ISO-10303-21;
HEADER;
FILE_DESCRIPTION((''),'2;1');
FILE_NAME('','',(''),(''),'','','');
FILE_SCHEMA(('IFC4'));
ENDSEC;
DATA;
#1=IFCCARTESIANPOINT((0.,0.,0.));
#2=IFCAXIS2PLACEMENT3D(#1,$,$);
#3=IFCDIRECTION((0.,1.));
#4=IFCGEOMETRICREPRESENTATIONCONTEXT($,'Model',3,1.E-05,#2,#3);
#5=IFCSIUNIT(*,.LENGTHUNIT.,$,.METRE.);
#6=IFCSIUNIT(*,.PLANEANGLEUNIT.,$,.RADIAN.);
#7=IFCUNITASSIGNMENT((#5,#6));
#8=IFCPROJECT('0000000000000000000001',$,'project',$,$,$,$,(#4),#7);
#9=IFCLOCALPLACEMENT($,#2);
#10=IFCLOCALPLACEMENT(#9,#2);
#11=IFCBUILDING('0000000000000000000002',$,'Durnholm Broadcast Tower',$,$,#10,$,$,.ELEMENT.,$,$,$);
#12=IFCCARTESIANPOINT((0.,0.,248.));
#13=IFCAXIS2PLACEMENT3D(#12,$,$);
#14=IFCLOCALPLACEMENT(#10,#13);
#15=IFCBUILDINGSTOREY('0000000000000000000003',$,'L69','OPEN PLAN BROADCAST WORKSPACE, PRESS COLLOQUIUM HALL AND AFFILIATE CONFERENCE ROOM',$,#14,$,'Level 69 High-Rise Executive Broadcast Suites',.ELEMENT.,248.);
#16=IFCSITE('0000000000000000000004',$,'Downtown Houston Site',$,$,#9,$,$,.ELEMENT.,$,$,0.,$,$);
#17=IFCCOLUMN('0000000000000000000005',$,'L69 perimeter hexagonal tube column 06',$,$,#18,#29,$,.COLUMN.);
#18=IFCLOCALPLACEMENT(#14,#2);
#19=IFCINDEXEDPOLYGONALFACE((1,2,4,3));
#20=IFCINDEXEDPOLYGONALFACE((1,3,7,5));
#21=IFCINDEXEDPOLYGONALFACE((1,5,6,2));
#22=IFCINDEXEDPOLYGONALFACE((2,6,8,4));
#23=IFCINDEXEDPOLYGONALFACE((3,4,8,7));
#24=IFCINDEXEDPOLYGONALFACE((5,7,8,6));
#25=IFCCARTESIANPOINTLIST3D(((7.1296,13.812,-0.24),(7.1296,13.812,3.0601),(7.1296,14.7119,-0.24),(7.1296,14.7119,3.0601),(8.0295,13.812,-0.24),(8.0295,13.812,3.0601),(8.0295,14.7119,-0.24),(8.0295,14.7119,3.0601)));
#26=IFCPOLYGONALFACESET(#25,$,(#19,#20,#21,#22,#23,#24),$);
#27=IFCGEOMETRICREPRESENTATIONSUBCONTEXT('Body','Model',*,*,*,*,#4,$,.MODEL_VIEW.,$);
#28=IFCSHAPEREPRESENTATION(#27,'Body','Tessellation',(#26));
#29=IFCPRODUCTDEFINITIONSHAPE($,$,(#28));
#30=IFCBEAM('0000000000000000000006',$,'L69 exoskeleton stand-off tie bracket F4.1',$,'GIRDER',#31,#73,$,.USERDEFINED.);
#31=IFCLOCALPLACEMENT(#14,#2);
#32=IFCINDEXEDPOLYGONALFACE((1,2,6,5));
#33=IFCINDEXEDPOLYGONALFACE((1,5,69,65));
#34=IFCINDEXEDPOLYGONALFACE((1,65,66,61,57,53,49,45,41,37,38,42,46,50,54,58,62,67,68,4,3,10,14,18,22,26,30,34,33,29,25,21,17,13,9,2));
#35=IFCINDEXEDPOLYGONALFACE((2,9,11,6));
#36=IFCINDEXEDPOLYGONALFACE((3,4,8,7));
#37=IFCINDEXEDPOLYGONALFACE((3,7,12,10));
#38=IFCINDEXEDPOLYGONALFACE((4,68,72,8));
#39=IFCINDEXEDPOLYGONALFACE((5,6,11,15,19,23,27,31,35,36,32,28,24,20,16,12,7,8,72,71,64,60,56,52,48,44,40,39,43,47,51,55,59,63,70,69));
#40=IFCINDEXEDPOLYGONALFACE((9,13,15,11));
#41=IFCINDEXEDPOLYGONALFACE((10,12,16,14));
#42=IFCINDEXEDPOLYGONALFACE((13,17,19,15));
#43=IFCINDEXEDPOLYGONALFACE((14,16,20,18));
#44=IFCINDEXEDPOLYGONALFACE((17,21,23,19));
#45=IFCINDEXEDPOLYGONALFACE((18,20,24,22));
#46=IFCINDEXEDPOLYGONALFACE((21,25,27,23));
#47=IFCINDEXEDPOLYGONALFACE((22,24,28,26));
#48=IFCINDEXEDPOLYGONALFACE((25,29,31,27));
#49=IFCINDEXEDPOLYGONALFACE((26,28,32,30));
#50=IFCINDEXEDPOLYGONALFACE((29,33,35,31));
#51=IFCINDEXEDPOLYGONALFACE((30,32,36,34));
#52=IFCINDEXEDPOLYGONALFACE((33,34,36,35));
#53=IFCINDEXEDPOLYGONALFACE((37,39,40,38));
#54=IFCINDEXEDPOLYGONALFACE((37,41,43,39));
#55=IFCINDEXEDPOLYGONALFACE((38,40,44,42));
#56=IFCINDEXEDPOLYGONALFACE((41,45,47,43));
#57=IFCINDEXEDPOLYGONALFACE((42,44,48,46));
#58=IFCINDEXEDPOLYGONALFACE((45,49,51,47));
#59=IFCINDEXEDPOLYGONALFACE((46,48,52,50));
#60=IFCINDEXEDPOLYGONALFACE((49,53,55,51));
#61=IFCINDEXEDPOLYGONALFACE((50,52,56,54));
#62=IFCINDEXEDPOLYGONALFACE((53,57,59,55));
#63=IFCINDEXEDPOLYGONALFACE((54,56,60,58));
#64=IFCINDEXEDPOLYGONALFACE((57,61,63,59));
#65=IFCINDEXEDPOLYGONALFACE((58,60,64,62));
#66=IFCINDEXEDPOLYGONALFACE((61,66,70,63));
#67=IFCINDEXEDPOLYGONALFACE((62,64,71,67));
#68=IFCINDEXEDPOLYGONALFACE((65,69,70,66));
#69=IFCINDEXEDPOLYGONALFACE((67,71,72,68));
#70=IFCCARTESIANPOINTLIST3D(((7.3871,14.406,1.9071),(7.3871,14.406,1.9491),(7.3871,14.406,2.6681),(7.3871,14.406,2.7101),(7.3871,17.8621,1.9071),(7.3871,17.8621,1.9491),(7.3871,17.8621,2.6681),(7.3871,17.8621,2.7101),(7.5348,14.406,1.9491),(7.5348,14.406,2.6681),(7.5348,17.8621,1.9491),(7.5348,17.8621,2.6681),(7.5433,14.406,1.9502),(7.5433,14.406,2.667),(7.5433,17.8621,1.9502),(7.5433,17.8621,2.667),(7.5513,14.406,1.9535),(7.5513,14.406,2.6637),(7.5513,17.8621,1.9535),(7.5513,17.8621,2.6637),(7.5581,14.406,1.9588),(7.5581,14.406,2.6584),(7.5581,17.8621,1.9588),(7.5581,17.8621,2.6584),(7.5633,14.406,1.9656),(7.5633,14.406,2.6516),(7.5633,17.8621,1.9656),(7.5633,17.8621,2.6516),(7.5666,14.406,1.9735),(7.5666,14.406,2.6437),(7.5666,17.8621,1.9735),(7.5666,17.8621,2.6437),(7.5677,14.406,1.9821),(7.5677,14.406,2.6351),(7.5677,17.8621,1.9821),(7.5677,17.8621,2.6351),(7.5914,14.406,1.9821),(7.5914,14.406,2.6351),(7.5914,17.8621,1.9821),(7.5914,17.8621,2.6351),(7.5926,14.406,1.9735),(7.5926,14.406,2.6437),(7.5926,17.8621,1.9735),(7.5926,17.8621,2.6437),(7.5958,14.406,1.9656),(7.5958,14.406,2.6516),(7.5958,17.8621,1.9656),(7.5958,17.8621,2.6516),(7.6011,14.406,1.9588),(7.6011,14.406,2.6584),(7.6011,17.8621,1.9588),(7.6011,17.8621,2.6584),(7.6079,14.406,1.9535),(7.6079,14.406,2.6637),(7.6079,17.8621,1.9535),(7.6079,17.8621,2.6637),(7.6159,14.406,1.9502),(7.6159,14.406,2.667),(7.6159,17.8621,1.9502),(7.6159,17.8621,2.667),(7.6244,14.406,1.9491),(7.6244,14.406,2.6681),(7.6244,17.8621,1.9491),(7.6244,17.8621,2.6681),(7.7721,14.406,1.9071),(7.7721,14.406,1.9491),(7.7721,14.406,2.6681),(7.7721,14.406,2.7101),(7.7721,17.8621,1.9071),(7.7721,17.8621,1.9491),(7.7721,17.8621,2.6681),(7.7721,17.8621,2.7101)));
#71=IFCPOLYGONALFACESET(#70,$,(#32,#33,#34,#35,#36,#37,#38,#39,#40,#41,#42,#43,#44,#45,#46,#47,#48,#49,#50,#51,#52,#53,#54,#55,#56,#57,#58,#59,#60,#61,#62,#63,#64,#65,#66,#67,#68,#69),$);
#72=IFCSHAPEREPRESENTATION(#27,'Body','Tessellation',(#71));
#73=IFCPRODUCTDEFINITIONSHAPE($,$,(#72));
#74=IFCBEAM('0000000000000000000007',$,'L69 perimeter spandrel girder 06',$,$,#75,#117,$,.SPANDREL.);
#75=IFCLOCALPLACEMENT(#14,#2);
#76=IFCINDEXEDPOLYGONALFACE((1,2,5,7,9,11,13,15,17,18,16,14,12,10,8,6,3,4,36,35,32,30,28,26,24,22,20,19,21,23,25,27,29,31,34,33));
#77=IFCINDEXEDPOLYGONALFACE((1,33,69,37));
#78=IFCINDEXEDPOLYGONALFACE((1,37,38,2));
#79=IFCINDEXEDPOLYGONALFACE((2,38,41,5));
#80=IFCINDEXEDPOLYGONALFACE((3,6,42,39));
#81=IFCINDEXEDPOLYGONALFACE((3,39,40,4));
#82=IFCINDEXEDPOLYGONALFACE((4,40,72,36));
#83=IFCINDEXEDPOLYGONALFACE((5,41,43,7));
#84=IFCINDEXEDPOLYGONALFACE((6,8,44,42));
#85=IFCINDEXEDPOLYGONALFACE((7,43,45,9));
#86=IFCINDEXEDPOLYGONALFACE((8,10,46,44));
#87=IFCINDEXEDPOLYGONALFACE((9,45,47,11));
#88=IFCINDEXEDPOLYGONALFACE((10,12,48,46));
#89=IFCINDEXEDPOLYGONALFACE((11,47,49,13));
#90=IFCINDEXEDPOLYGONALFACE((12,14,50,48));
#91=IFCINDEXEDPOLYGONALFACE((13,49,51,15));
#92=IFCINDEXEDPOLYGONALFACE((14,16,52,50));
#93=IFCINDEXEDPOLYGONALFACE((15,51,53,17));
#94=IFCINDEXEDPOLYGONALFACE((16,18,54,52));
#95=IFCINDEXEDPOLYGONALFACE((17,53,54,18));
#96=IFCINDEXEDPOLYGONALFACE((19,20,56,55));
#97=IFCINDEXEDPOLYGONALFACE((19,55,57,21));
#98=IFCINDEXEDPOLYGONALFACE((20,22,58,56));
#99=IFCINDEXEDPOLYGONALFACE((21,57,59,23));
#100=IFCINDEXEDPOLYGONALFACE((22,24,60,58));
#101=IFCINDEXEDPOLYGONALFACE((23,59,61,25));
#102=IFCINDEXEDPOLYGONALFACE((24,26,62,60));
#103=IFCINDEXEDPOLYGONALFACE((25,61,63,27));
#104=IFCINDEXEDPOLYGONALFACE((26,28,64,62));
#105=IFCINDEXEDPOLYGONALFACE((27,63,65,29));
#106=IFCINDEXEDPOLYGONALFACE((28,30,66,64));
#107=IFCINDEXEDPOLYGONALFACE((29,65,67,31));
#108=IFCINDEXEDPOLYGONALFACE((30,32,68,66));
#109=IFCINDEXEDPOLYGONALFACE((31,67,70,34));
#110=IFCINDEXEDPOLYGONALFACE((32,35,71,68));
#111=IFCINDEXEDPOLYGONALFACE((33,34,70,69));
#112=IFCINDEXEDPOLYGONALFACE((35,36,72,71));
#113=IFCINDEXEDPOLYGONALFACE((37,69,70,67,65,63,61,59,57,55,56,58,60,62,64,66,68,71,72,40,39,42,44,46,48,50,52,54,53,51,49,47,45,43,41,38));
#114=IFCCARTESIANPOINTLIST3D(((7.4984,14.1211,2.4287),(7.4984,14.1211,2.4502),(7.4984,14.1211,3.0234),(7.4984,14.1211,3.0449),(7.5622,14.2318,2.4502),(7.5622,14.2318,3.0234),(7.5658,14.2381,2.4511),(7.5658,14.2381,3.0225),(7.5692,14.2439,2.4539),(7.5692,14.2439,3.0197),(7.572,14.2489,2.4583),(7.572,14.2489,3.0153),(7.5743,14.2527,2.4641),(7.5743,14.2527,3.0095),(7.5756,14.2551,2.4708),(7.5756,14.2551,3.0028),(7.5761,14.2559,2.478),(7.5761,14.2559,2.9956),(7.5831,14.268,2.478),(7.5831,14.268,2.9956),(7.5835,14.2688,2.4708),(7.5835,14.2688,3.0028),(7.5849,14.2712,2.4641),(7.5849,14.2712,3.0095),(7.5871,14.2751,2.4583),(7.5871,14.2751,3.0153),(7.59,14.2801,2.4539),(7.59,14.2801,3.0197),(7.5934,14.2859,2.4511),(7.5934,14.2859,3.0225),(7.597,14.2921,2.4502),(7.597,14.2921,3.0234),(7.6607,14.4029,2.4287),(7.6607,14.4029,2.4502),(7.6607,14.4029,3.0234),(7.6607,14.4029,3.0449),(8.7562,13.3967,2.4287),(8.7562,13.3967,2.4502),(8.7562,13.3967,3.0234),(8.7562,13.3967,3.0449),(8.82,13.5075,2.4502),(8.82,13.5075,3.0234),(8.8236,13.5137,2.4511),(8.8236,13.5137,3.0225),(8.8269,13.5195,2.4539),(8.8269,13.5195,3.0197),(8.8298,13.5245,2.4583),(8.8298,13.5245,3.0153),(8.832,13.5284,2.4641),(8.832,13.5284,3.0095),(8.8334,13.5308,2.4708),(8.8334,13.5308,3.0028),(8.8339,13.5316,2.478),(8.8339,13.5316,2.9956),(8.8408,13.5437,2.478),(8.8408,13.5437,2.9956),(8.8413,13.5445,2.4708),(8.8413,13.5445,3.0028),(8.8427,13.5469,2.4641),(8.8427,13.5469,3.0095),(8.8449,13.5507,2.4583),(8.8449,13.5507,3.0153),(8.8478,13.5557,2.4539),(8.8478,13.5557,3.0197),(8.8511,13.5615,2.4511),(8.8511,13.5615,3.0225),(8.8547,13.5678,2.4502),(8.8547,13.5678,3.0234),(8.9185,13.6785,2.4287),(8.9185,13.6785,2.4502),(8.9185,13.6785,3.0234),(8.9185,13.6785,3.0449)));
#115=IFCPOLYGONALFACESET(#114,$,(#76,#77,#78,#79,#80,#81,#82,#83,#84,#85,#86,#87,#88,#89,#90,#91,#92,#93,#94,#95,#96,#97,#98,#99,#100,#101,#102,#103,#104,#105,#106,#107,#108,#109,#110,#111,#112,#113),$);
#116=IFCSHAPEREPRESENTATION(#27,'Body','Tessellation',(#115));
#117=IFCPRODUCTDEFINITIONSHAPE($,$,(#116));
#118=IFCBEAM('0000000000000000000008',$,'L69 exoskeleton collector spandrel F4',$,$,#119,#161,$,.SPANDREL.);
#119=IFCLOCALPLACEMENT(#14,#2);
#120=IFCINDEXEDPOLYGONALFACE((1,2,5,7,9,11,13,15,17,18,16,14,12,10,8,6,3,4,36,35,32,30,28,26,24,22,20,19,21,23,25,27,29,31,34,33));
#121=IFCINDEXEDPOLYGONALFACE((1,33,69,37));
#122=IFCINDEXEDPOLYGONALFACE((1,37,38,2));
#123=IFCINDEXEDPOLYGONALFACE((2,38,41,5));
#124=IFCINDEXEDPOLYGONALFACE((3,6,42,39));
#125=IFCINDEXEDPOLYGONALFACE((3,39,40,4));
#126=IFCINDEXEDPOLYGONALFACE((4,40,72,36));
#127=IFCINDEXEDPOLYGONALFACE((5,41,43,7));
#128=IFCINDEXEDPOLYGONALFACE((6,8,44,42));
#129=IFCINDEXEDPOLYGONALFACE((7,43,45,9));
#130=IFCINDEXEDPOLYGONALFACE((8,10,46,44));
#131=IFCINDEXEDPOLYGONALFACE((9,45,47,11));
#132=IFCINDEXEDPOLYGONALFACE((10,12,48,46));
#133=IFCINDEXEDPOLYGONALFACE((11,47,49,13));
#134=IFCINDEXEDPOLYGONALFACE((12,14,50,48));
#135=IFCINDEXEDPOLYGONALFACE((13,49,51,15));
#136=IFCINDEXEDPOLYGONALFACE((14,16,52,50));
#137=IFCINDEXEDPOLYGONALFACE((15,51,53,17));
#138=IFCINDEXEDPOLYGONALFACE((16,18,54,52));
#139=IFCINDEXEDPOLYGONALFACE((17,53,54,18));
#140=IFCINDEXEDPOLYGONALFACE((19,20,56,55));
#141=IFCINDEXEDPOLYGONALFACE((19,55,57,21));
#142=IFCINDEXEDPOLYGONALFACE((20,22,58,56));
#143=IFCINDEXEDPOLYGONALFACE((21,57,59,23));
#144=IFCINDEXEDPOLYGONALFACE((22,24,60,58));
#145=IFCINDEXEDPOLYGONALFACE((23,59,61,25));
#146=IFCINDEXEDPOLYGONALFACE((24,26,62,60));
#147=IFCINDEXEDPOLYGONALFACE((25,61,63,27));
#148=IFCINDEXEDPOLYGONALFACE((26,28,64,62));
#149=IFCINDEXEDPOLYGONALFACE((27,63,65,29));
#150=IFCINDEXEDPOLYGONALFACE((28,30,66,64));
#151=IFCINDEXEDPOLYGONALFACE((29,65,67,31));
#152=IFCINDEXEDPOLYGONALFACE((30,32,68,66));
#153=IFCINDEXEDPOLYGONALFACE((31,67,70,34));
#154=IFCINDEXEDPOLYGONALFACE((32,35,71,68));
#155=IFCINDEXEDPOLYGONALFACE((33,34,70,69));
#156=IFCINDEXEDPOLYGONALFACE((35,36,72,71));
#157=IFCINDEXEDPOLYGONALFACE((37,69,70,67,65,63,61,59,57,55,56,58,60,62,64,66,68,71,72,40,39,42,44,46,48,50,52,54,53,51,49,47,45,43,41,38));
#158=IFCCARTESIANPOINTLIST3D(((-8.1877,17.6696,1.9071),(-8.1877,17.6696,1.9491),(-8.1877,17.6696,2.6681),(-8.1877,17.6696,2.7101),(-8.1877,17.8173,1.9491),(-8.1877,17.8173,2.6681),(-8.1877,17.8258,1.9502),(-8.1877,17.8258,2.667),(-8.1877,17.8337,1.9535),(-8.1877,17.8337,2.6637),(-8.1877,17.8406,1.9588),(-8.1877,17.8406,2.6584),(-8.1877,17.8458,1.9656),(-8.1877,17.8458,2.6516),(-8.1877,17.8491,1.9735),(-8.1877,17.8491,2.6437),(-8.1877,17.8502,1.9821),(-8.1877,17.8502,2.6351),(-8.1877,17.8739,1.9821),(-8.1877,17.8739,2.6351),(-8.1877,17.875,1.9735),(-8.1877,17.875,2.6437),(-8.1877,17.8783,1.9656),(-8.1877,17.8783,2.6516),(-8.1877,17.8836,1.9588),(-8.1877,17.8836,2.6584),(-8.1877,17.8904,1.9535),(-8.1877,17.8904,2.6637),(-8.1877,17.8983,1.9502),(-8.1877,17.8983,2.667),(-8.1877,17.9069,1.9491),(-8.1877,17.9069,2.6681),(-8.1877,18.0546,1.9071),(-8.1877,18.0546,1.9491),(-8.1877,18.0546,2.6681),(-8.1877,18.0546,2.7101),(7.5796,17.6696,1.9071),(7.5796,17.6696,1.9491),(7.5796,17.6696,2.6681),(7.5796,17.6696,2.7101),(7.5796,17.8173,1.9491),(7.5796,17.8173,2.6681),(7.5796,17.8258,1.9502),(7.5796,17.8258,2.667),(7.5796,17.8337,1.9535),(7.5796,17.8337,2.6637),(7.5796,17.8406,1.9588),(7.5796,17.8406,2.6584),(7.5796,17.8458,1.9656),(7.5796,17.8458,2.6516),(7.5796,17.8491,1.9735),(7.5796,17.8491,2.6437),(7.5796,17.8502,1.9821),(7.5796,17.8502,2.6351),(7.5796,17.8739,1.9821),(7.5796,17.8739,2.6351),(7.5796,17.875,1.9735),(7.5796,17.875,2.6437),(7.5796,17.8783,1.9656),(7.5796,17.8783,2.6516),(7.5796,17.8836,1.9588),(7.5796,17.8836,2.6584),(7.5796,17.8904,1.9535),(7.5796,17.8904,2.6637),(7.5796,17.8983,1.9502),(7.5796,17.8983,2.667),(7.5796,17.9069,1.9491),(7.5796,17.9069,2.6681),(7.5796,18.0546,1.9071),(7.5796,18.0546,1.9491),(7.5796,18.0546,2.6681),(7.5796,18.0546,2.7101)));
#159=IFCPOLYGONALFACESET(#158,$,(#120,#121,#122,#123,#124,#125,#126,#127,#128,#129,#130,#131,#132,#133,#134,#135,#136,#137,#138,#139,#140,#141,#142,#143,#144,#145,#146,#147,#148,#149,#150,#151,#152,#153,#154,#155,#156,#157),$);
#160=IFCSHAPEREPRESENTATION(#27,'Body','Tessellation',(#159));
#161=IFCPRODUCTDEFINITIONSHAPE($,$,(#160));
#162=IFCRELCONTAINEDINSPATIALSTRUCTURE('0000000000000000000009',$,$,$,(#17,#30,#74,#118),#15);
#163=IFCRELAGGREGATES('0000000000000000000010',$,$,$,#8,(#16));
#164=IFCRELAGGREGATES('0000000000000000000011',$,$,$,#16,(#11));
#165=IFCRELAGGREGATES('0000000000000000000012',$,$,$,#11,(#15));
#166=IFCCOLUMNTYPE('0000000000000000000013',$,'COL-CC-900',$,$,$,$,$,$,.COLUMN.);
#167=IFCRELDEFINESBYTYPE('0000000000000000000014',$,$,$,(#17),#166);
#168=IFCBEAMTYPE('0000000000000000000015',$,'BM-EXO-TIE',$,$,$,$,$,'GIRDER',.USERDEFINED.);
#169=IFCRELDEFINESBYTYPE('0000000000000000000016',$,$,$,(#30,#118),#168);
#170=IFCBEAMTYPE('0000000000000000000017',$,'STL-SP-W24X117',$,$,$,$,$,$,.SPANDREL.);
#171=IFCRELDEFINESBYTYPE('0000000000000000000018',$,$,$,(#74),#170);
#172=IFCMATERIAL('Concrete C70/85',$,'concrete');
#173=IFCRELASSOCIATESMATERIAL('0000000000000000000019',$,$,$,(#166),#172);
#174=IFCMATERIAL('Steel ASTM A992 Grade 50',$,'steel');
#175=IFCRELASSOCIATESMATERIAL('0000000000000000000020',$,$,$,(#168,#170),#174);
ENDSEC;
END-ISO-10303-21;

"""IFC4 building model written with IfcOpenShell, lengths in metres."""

from ifc_helpers import new_model, si_unit, direction, frame, origin, origin_2d, place, context, subcontext, project, spatial, rectangle, i_section, extrude, source, transform, mapped, material, material_profile, profile_set, type_object, type_shapes, element, save


model = new_model("IFC4")

# Units and contexts
model_context = context("Model", 3, precision=1e-05, world=origin(), true_north=direction((0.0, 1.0)))
body_context = subcontext(model_context, "Body", "Model", "MODEL_VIEW")
ifc_project = project(units=[si_unit("LENGTHUNIT", "METRE"), si_unit("PLANEANGLEUNIT", "RADIAN")], contexts=[model_context])

# Site, building, storey
site_placement = place(None, origin())
site = spatial("IfcSite", under=ifc_project, at=site_placement, Name="Downtown Houston Site", CompositionType="ELEMENT", RefElevation=0.0)
building_placement = place(site_placement, origin())
building = spatial("IfcBuilding", under=site, at=building_placement, Name="Durnholm Broadcast Tower", CompositionType="ELEMENT")
storey_placement = place(building_placement, frame((0.0, 0.0, 248.0)))
storey = spatial("IfcBuildingStorey", under=building, at=storey_placement, Name="L69", Description="OPEN PLAN BROADCAST WORKSPACE, PRESS COLLOQUIUM HALL AND AFFILIATE CONFERENCE ROOM", LongName="Level 69 High-Rise Executive Broadcast Suites", CompositionType="ELEMENT", Elevation=248.0)

# Column
ifc_material_1 = material(Name="Concrete C70/85", Category="concrete")
ifc_material_profile_1 = material_profile(ifc_material_1, rectangle(XDim=0.8999, YDim=0.8999, at=origin_2d()), Name="RC900X900")
ifc_profile_set_1 = profile_set([ifc_material_profile_1], Name="Concrete C70/85")
column_type = type_object("IfcColumnType", Name="COL-CC-900", PredefinedType="COLUMN", material=ifc_profile_set_1)
shared_shape_1 = source(origin(), body_context, "Body", "SweptSolid", [
    extrude(rectangle(XDim=0.8999, YDim=0.8999, at=origin_2d()), origin(), (0.0, 0.0, 1.0), 3.3),
])
type_shapes(column_type, [shared_shape_1])
column_placement = place(storey_placement, frame((7.5796, 14.262, -0.24), z_axis=(0.0, 0.0, 1.0), x_axis=(1.0, 0.0, 0.0)))
element("IfcColumn", 1, at=column_placement, inside=storey, type_object=column_type, Name="L69 perimeter hexagonal tube column 06", PredefinedType="COLUMN", context=body_context, shape_type="MappedRepresentation", body=[
    mapped(shared_shape_1, transform((0.0, 0.0, 0.0), x_axis=(1.0, 0.0, 0.0), y_axis=(0.0, 1.0, 0.0), z_axis=(0.0, 0.0, 1.0), scale=1.0)),
])

# Beams
ifc_material_2 = material(Name="Steel ASTM A992 Grade 50", Category="steel")
ifc_material_profile_2 = material_profile(ifc_material_2, i_section(OverallWidth=0.385, OverallDepth=0.803, WebThickness=0.0237, FlangeThickness=0.042, FilletRadius=0.033, at=origin_2d()), Name="W30X261")
ifc_profile_set_2 = profile_set([ifc_material_profile_2], Name="Steel ASTM A992 Grade 50")
beam_type_1 = type_object("IfcBeamType", Name="BM-EXO-TIE", ElementType="GIRDER", PredefinedType="USERDEFINED", material=ifc_profile_set_2)
shared_shape_2 = source(origin(), body_context, "Body", "SweptSolid", [
    extrude(i_section(OverallWidth=0.385, OverallDepth=0.803, WebThickness=0.0237, FlangeThickness=0.042, FilletRadius=0.033, at=origin_2d()), origin(), (0.0, 0.0, 1.0), 3.4561),
])
beam_1_placement = place(storey_placement, frame((7.5796, 14.406, 2.3086), z_axis=(0.0, 1.0, 0.0), x_axis=(-1.0, 0.0, 0.0)))
element("IfcBeam", 2, at=beam_1_placement, inside=storey, type_object=beam_type_1, Name="L69 exoskeleton stand-off tie bracket F4.1", ObjectType="GIRDER", PredefinedType="USERDEFINED", context=body_context, shape_type="MappedRepresentation", body=[
    mapped(shared_shape_2, transform((0.0, 0.0, 0.0), x_axis=(1.0, 0.0, 0.0), y_axis=(0.0, 1.0, 0.0), z_axis=(0.0, 0.0, 1.0), scale=1.0)),
])
ifc_material_profile_3 = material_profile(ifc_material_2, i_section(OverallWidth=0.3252, OverallDepth=0.6162, WebThickness=0.0139, FlangeThickness=0.0215, FilletRadius=0.0278, at=origin_2d()), Name="W24X117")
ifc_profile_set_3 = profile_set([ifc_material_profile_3], Name="Steel ASTM A992 Grade 50")
beam_type_2 = type_object("IfcBeamType", Name="STL-SP-W24X117", PredefinedType="SPANDREL", material=ifc_profile_set_3)
shared_shape_3 = source(origin(), body_context, "Body", "SweptSolid", [
    extrude(i_section(OverallWidth=0.3252, OverallDepth=0.6162, WebThickness=0.0139, FlangeThickness=0.0215, FilletRadius=0.0278, at=origin_2d()), origin(), (0.0, 0.0, 1.0), 1.4514),
])
type_shapes(beam_type_2, [shared_shape_3])
beam_2_placement = place(storey_placement, frame((7.5796, 14.262, 2.7368), z_axis=(0.866572, -0.499052, 0.0), x_axis=(0.499052, 0.866572, 0.0)))
element("IfcBeam", 3, at=beam_2_placement, inside=storey, type_object=beam_type_2, Name="L69 perimeter spandrel girder 06", PredefinedType="SPANDREL", context=body_context, shape_type="MappedRepresentation", body=[
    mapped(shared_shape_3, transform((0.0, 0.0, 0.0), x_axis=(1.0, 0.0, 0.0), y_axis=(0.0, 1.0, 0.0), z_axis=(0.0, 0.0, 1.0), scale=1.0)),
])
shared_shape_4 = source(origin(), body_context, "Body", "SweptSolid", [
    extrude(i_section(OverallWidth=0.385, OverallDepth=0.803, WebThickness=0.0237, FlangeThickness=0.042, FilletRadius=0.033, at=origin_2d()), origin(), (0.0, 0.0, 1.0), 15.7673),
])
type_shapes(beam_type_1, [shared_shape_2, shared_shape_4])
beam_3_placement = place(storey_placement, frame((7.5796, 17.8621, 2.3086), z_axis=(-1.0, 0.0, 0.0), x_axis=(0.0, -1.0, 0.0)))
element("IfcBeam", 4, at=beam_3_placement, inside=storey, type_object=beam_type_1, Name="L69 exoskeleton collector spandrel F4", PredefinedType="SPANDREL", context=body_context, shape_type="MappedRepresentation", body=[
    mapped(shared_shape_4, transform((0.0, 0.0, 0.0), x_axis=(1.0, 0.0, 0.0), y_axis=(0.0, 1.0, 0.0), z_axis=(0.0, 0.0, 1.0), scale=1.0)),
])

save(model, "model.ifc")
